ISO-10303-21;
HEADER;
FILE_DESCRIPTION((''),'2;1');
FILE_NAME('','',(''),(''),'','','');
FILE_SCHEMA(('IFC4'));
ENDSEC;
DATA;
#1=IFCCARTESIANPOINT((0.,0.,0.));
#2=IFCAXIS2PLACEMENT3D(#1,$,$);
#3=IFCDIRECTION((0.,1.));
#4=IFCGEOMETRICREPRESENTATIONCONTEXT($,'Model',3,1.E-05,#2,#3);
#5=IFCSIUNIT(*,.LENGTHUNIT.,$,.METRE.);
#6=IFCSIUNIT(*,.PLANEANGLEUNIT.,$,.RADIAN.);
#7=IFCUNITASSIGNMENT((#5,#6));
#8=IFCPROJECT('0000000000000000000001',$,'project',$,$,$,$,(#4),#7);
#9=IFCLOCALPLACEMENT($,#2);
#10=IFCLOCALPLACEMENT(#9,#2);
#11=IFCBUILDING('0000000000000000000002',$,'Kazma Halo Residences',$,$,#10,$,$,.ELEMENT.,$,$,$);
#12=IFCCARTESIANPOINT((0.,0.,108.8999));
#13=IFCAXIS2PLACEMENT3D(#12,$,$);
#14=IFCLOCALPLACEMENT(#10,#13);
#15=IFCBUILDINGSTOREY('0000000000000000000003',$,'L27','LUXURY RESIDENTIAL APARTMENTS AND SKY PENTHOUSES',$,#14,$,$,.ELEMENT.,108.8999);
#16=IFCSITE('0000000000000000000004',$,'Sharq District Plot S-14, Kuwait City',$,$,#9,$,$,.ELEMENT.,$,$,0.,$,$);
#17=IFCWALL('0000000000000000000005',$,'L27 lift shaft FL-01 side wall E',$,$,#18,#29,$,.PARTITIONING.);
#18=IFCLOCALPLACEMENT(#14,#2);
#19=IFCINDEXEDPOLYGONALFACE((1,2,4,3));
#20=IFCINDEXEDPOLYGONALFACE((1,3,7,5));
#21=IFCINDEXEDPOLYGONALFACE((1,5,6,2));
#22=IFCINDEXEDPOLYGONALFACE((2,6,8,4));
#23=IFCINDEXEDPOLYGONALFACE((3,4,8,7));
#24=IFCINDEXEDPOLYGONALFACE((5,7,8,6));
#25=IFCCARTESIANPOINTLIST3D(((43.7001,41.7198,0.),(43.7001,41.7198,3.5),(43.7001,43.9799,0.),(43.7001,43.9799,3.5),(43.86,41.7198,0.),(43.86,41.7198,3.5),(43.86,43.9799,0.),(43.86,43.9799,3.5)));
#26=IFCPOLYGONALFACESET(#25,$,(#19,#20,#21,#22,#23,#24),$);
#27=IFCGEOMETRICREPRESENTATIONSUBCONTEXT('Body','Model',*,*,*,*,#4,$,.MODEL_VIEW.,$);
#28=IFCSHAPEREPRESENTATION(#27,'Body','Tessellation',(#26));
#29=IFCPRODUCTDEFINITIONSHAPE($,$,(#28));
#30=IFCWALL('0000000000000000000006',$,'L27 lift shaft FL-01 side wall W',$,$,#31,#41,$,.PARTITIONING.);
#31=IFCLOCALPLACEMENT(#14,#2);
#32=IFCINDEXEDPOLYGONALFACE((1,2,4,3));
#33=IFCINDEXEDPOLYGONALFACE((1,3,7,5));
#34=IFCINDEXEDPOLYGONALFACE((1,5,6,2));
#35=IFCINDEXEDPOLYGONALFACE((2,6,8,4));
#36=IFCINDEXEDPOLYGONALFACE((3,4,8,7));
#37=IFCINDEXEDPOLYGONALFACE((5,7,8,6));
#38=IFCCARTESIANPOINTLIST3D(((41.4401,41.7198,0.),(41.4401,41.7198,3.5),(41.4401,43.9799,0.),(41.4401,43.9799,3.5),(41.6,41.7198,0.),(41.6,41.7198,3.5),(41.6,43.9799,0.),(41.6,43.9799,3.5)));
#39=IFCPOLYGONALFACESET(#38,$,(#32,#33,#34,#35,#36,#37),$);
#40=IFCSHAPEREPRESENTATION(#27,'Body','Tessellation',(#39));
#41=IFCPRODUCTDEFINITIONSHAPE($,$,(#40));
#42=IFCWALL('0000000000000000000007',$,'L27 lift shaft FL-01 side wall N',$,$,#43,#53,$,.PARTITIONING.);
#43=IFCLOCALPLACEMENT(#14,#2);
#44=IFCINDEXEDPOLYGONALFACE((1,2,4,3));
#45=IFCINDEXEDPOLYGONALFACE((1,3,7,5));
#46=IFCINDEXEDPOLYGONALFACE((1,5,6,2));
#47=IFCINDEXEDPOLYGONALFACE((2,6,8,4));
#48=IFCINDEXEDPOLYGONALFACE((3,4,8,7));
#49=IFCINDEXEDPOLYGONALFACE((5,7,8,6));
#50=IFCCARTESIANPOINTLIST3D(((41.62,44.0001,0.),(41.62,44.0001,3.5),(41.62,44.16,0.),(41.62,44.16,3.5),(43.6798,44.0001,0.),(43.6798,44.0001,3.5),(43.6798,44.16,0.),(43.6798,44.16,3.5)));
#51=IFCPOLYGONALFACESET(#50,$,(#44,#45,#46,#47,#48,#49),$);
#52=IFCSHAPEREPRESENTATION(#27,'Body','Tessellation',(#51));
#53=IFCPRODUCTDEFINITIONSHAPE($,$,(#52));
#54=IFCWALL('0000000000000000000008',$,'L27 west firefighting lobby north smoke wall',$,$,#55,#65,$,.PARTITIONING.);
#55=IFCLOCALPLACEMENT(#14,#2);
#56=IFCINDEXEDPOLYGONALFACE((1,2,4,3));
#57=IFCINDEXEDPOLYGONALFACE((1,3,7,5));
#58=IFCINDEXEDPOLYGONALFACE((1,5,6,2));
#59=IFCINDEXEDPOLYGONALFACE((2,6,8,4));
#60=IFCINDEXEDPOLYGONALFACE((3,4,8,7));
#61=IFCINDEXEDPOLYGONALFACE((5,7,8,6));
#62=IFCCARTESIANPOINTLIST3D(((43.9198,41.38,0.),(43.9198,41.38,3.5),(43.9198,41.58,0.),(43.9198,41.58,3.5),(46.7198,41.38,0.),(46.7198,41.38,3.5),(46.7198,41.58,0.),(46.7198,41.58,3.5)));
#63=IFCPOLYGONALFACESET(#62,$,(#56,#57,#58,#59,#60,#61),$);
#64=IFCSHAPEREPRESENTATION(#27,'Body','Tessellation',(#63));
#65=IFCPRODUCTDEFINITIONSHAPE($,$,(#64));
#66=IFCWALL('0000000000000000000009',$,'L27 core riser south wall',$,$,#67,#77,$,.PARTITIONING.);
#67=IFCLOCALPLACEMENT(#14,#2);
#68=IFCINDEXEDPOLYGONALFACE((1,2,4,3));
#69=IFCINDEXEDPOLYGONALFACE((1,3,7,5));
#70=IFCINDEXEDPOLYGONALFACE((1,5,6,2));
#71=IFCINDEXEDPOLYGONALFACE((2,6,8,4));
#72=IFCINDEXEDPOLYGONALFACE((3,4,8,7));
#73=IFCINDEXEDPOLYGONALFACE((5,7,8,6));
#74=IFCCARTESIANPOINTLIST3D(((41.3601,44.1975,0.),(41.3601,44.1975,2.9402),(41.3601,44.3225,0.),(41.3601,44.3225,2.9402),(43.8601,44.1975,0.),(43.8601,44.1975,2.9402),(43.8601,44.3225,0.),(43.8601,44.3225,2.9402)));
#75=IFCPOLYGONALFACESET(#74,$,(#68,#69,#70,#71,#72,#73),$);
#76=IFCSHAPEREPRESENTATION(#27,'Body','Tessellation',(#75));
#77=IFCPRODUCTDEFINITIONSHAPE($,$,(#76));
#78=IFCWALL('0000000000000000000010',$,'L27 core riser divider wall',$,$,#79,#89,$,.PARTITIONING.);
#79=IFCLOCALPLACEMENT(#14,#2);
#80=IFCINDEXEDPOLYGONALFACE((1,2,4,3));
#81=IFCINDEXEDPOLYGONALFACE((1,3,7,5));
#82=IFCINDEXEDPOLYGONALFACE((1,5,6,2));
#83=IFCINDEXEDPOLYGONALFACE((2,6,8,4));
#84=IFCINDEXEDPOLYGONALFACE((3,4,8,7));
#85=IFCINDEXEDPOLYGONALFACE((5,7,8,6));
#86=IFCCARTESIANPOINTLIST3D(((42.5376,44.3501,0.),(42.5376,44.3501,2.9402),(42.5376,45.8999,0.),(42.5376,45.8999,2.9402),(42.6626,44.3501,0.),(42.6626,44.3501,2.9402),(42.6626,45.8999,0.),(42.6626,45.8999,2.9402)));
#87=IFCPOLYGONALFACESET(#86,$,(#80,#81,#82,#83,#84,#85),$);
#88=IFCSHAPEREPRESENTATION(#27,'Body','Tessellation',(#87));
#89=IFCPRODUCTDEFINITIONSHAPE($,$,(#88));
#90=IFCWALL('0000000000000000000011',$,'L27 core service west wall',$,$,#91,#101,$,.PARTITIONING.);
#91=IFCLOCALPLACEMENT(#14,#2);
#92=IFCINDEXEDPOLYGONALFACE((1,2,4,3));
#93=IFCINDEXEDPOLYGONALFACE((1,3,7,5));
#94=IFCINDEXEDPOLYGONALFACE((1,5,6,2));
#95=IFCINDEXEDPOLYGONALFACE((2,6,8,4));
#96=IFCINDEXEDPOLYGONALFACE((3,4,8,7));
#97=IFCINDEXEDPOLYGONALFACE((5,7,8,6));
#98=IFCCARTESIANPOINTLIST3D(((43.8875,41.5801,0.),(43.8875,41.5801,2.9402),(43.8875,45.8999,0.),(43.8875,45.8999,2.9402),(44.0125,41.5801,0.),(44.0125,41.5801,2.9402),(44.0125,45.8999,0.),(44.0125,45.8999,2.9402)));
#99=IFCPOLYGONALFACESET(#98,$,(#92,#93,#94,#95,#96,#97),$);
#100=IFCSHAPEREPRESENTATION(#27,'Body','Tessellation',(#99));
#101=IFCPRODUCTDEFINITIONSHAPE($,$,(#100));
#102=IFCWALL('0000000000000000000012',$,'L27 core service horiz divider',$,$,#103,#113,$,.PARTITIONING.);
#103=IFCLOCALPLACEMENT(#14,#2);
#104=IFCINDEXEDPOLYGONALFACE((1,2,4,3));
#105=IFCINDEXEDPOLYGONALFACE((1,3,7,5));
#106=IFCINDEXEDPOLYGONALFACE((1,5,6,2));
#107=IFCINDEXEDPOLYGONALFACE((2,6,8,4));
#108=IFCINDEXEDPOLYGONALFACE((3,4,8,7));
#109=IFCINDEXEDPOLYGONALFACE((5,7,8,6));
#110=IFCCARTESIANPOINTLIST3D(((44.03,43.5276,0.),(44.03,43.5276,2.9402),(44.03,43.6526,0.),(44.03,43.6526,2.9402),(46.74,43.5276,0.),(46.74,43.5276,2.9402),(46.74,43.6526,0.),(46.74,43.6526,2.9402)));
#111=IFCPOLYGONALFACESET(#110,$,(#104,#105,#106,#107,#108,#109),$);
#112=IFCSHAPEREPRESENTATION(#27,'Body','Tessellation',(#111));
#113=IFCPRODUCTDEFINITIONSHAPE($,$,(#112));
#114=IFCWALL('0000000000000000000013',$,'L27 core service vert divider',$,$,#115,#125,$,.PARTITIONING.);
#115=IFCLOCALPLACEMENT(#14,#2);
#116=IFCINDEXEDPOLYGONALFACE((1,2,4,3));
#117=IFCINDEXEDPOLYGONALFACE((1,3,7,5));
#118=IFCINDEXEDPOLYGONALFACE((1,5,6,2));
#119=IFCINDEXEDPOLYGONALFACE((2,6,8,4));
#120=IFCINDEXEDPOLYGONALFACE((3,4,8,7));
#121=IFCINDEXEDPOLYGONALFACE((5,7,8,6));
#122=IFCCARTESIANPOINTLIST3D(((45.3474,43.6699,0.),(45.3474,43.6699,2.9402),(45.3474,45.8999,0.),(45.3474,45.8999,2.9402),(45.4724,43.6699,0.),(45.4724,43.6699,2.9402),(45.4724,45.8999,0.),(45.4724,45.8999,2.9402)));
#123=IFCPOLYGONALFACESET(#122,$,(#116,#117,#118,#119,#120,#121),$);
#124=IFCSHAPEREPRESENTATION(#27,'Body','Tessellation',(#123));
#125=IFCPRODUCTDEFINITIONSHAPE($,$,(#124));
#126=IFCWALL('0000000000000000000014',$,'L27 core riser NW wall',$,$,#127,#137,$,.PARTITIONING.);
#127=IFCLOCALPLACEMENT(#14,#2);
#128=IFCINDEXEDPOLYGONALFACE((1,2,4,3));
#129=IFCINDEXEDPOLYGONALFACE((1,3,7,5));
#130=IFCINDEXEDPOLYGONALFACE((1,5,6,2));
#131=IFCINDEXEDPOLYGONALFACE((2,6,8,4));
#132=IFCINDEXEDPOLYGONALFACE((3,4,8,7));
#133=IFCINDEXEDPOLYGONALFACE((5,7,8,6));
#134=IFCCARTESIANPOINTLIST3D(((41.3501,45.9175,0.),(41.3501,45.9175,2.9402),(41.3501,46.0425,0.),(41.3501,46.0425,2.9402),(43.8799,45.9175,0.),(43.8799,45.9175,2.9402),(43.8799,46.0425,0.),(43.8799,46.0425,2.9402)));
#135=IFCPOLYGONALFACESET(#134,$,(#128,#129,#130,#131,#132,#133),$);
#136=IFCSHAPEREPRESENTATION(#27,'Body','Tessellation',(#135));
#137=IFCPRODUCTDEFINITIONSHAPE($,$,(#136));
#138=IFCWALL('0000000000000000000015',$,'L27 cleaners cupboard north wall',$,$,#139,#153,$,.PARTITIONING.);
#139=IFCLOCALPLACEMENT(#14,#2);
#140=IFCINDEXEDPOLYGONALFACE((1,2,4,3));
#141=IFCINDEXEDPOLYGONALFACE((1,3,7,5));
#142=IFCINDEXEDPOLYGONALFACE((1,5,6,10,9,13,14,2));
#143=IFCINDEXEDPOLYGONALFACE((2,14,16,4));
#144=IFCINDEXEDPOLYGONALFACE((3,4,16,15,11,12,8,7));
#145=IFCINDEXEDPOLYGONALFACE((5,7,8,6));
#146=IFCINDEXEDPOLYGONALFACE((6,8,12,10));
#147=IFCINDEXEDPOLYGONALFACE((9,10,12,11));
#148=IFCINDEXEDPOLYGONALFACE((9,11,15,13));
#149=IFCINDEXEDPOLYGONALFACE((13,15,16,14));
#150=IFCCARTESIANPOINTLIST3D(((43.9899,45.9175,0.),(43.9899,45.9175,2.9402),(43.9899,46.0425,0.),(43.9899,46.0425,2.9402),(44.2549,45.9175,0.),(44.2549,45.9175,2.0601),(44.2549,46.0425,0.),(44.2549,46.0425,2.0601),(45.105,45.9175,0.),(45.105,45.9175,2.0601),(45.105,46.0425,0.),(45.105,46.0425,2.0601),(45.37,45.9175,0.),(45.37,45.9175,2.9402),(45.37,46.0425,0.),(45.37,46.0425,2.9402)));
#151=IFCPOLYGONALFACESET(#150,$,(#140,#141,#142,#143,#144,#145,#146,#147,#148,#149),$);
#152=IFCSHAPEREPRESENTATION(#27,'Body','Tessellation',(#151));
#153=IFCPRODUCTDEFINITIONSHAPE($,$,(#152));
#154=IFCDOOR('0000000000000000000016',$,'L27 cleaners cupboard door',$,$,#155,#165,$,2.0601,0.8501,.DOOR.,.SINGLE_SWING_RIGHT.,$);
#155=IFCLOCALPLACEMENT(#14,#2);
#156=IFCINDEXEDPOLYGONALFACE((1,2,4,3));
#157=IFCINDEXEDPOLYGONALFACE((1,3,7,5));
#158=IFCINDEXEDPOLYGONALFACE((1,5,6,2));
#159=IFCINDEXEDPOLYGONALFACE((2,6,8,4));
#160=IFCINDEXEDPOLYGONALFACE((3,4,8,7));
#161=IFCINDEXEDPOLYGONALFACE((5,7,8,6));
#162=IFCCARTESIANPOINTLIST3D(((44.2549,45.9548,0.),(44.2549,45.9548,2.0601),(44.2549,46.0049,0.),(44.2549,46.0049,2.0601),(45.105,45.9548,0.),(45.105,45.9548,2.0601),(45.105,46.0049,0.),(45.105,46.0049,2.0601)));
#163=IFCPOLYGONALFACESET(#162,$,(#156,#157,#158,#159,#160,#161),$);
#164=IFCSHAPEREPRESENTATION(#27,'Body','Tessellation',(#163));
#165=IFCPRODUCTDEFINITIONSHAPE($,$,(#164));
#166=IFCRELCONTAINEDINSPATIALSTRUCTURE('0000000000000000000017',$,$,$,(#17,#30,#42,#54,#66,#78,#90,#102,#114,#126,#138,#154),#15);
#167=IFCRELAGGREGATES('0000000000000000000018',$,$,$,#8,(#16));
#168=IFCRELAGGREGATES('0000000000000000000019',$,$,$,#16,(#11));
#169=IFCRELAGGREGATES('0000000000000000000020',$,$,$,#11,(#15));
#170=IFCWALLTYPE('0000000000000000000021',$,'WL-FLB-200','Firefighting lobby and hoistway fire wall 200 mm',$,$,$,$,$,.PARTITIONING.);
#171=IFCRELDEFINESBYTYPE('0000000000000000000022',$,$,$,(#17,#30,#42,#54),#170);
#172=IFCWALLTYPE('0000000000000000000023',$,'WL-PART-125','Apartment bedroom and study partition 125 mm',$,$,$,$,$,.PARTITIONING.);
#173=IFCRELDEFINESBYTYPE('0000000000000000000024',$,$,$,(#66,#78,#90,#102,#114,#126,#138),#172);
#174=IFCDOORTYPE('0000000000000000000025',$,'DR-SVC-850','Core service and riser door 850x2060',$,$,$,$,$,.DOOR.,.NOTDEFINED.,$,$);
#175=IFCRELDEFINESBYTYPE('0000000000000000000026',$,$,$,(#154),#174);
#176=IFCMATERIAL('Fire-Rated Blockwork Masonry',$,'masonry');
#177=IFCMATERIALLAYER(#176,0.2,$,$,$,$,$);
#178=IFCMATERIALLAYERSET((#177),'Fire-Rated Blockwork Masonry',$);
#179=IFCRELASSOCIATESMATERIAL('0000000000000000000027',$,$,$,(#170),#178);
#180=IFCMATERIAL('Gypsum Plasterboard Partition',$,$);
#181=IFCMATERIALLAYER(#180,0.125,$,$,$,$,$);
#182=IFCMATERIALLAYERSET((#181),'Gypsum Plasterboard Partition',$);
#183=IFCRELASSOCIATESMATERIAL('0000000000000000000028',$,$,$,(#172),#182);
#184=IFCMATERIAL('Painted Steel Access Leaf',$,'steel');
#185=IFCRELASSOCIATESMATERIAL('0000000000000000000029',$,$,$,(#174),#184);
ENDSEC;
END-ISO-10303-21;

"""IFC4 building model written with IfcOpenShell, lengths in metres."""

from ifc_helpers import new_model, si_unit, direction, frame, frame_2d, origin, place, context, subcontext, project, spatial, rectangle, extrude, material, layer, layer_set, type_object, element, fill, save


model = new_model("IFC4")

# Units and contexts
model_context = context("Model", 3, precision=1e-05, world=origin(), true_north=direction((0.0, 1.0)))
body_context = subcontext(model_context, "Body", "Model", "MODEL_VIEW")
ifc_project = project(units=[si_unit("LENGTHUNIT", "METRE"), si_unit("PLANEANGLEUNIT", "RADIAN")], contexts=[model_context])

# Site, building, storey
site_placement = place(None, origin())
site = spatial("IfcSite", under=ifc_project, at=site_placement, Name="Sharq District Plot S-14, Kuwait City", CompositionType="ELEMENT", RefElevation=0.0)
building_placement = place(site_placement, origin())
building = spatial("IfcBuilding", under=site, at=building_placement, Name="Kazma Halo Residences", CompositionType="ELEMENT")
storey_placement = place(building_placement, frame((0.0, 0.0, 108.8999)))
storey = spatial("IfcBuildingStorey", under=building, at=storey_placement, Name="L27", Description="LUXURY RESIDENTIAL APARTMENTS AND SKY PENTHOUSES", CompositionType="ELEMENT", Elevation=108.8999)

# Shared definitions
ifc_material_1 = material(Name="Fire-Rated Blockwork Masonry", Category="masonry")
ifc_layer_1 = layer(ifc_material_1, 0.2)
ifc_layer_set_1 = layer_set([ifc_layer_1], Name="Fire-Rated Blockwork Masonry")
wall_type_1 = type_object("IfcWallType", Name="WL-FLB-200", Description="Firefighting lobby and hoistway fire wall 200 mm", PredefinedType="PARTITIONING", material=ifc_layer_set_1)

# Walls
for number, where, z_axis, x_axis, name in (
    (1, (43.78, 41.72, 0.0), (0.0, 0.0, 1.0), (0.0, 1.0, 0.0), "L27 lift shaft FL-01 side wall E"),
    (2, (41.52, 41.72, 0.0), (0.0, 0.0, 1.0), (0.0, 1.0, 0.0), "L27 lift shaft FL-01 side wall W"),
):
    element("IfcWall", number, at=place(storey_placement, frame(where, z_axis=z_axis, x_axis=x_axis)), inside=storey, type_object=wall_type_1, Name=name, PredefinedType="PARTITIONING", context=body_context, shape_type="SweptSolid", body=[
        extrude(rectangle(XDim=2.26, YDim=0.1599, at=frame_2d((1.1299, 0.0))), origin(), (0.0, 0.0, 1.0), 3.5),
    ])
wall_1_placement = place(storey_placement, frame((41.6201, 44.0801, 0.0), z_axis=(0.0, 0.0, 1.0), x_axis=(1.0, 0.0, 0.0)))
element("IfcWall", 3, at=wall_1_placement, inside=storey, type_object=wall_type_1, Name="L27 lift shaft FL-01 side wall N", PredefinedType="PARTITIONING", context=body_context, shape_type="SweptSolid", body=[
    extrude(rectangle(XDim=2.0598, YDim=0.1599, at=frame_2d((1.0298, 0.0))), origin(), (0.0, 0.0, 1.0), 3.5),
])
wall_2_placement = place(storey_placement, frame((43.9199, 41.48, 0.0), z_axis=(0.0, 0.0, 1.0), x_axis=(1.0, 0.0, 0.0)))
element("IfcWall", 4, at=wall_2_placement, inside=storey, type_object=wall_type_1, Name="L27 west firefighting lobby north smoke wall", PredefinedType="PARTITIONING", context=body_context, shape_type="SweptSolid", body=[
    extrude(rectangle(XDim=2.8, YDim=0.2, at=frame_2d((1.3999, 0.0))), origin(), (0.0, 0.0, 1.0), 3.5),
])
ifc_material_2 = material(Name="Gypsum Plasterboard Partition")
ifc_layer_2 = layer(ifc_material_2, 0.125)
ifc_layer_set_2 = layer_set([ifc_layer_2], Name="Gypsum Plasterboard Partition")
wall_type_2 = type_object("IfcWallType", Name="WL-PART-125", Description="Apartment bedroom and study partition 125 mm", PredefinedType="PARTITIONING", material=ifc_layer_set_2)
wall_3_placement = place(storey_placement, frame((41.3601, 44.26, 0.0), z_axis=(0.0, 0.0, 1.0), x_axis=(1.0, 0.0, 0.0)))
element("IfcWall", 5, at=wall_3_placement, inside=storey, type_object=wall_type_2, Name="L27 core riser south wall", PredefinedType="PARTITIONING", context=body_context, shape_type="SweptSolid", body=[
    extrude(rectangle(XDim=2.5, YDim=0.125, at=frame_2d((1.25, 0.0))), origin(), (0.0, 0.0, 1.0), 2.9402),
])
wall_4_placement = place(storey_placement, frame((42.6001, 44.3501, 0.0), z_axis=(0.0, 0.0, 1.0), x_axis=(0.0, 1.0, 0.0)))
element("IfcWall", 6, at=wall_4_placement, inside=storey, type_object=wall_type_2, Name="L27 core riser divider wall", PredefinedType="PARTITIONING", context=body_context, shape_type="SweptSolid", body=[
    extrude(rectangle(XDim=1.5498, YDim=0.125, at=frame_2d((0.7749, 0.0))), origin(), (0.0, 0.0, 1.0), 2.9402),
])
wall_5_placement = place(storey_placement, frame((43.95, 41.5801, 0.0), z_axis=(0.0, 0.0, 1.0), x_axis=(0.0, 1.0, 0.0)))
element("IfcWall", 7, at=wall_5_placement, inside=storey, type_object=wall_type_2, Name="L27 core service west wall", PredefinedType="PARTITIONING", context=body_context, shape_type="SweptSolid", body=[
    extrude(rectangle(XDim=4.3198, YDim=0.125, at=frame_2d((2.1599, 0.0))), origin(), (0.0, 0.0, 1.0), 2.9402),
])
wall_6_placement = place(storey_placement, frame((44.03, 43.5901, 0.0), z_axis=(0.0, 0.0, 1.0), x_axis=(1.0, 0.0, 0.0)))
element("IfcWall", 8, at=wall_6_placement, inside=storey, type_object=wall_type_2, Name="L27 core service horiz divider", PredefinedType="PARTITIONING", context=body_context, shape_type="SweptSolid", body=[
    extrude(rectangle(XDim=2.71, YDim=0.125, at=frame_2d((1.355, 0.0))), origin(), (0.0, 0.0, 1.0), 2.9402),
])
wall_7_placement = place(storey_placement, frame((45.4099, 43.6699, 0.0), z_axis=(0.0, 0.0, 1.0), x_axis=(0.0, 1.0, 0.0)))
element("IfcWall", 9, at=wall_7_placement, inside=storey, type_object=wall_type_2, Name="L27 core service vert divider", PredefinedType="PARTITIONING", context=body_context, shape_type="SweptSolid", body=[
    extrude(rectangle(XDim=2.23, YDim=0.125, at=frame_2d((1.115, 0.0))), origin(), (0.0, 0.0, 1.0), 2.9402),
])
wall_8_placement = place(storey_placement, frame((41.3501, 45.98, 0.0), z_axis=(0.0, 0.0, 1.0), x_axis=(1.0, 0.0, 0.0)))
element("IfcWall", 10, at=wall_8_placement, inside=storey, type_object=wall_type_2, Name="L27 core riser NW wall", PredefinedType="PARTITIONING", context=body_context, shape_type="SweptSolid", body=[
    extrude(rectangle(XDim=2.5298, YDim=0.125, at=frame_2d((1.2649, 0.0))), origin(), (0.0, 0.0, 1.0), 2.9402),
])

# Wall, opening, door
wall_9_placement = place(storey_placement, frame((43.99, 45.98, 0.0), z_axis=(0.0, 0.0, 1.0), x_axis=(1.0, 0.0, 0.0)))
wall_9 = element("IfcWall", 11, at=wall_9_placement, inside=storey, type_object=wall_type_2, Name="L27 cleaners cupboard north wall", PredefinedType="PARTITIONING", context=body_context, shape_type="SweptSolid", body=[
    extrude(rectangle(XDim=1.3801, YDim=0.125, at=frame_2d((0.6899, 0.0))), origin(), (0.0, 0.0, 1.0), 2.9402),
])
opening_1_placement = place(wall_9_placement, frame((0.2649, 0.0, 0.0)))
opening_1 = element("IfcOpeningElement", 12, at=opening_1_placement, cuts=wall_9, PredefinedType="OPENING", context=body_context, shape_type="SweptSolid", body=[
    extrude(rectangle(XDim=0.8501, YDim=2.0601, at=frame_2d((0.425, 1.03))), frame((0.0, 0.0725, 0.0), z_axis=(0.0, -1.0, 0.0), x_axis=(1.0, 0.0, 0.0)), (0.0, 0.0, 1.0), 0.145),
])
ifc_material_3 = material(Name="Painted Steel Access Leaf", Category="steel")
door_type_1 = type_object("IfcDoorType", Name="DR-SVC-850", Description="Core service and riser door 850x2060", OperationType="NOTDEFINED", PredefinedType="DOOR", material=ifc_material_3)
door_1_placement = place(opening_1_placement, origin())
door_1 = element("IfcDoor", 13, at=door_1_placement, inside=storey, type_object=door_type_1, Name="L27 cleaners cupboard door", OperationType="SINGLE_SWING_RIGHT", OverallHeight=2.0601, OverallWidth=0.8501, PredefinedType="DOOR", context=body_context, shape_type="SweptSolid", body=[
    extrude(rectangle(XDim=0.8501, YDim=2.0601, at=frame_2d((0.425, 1.03))), frame((0.0, 0.0249, 0.0), z_axis=(0.0, -1.0, 0.0), x_axis=(1.0, 0.0, 0.0)), (0.0, 0.0, 1.0), 0.05),
])
fill(opening_1, door_1)

save(model, "model.ifc")
